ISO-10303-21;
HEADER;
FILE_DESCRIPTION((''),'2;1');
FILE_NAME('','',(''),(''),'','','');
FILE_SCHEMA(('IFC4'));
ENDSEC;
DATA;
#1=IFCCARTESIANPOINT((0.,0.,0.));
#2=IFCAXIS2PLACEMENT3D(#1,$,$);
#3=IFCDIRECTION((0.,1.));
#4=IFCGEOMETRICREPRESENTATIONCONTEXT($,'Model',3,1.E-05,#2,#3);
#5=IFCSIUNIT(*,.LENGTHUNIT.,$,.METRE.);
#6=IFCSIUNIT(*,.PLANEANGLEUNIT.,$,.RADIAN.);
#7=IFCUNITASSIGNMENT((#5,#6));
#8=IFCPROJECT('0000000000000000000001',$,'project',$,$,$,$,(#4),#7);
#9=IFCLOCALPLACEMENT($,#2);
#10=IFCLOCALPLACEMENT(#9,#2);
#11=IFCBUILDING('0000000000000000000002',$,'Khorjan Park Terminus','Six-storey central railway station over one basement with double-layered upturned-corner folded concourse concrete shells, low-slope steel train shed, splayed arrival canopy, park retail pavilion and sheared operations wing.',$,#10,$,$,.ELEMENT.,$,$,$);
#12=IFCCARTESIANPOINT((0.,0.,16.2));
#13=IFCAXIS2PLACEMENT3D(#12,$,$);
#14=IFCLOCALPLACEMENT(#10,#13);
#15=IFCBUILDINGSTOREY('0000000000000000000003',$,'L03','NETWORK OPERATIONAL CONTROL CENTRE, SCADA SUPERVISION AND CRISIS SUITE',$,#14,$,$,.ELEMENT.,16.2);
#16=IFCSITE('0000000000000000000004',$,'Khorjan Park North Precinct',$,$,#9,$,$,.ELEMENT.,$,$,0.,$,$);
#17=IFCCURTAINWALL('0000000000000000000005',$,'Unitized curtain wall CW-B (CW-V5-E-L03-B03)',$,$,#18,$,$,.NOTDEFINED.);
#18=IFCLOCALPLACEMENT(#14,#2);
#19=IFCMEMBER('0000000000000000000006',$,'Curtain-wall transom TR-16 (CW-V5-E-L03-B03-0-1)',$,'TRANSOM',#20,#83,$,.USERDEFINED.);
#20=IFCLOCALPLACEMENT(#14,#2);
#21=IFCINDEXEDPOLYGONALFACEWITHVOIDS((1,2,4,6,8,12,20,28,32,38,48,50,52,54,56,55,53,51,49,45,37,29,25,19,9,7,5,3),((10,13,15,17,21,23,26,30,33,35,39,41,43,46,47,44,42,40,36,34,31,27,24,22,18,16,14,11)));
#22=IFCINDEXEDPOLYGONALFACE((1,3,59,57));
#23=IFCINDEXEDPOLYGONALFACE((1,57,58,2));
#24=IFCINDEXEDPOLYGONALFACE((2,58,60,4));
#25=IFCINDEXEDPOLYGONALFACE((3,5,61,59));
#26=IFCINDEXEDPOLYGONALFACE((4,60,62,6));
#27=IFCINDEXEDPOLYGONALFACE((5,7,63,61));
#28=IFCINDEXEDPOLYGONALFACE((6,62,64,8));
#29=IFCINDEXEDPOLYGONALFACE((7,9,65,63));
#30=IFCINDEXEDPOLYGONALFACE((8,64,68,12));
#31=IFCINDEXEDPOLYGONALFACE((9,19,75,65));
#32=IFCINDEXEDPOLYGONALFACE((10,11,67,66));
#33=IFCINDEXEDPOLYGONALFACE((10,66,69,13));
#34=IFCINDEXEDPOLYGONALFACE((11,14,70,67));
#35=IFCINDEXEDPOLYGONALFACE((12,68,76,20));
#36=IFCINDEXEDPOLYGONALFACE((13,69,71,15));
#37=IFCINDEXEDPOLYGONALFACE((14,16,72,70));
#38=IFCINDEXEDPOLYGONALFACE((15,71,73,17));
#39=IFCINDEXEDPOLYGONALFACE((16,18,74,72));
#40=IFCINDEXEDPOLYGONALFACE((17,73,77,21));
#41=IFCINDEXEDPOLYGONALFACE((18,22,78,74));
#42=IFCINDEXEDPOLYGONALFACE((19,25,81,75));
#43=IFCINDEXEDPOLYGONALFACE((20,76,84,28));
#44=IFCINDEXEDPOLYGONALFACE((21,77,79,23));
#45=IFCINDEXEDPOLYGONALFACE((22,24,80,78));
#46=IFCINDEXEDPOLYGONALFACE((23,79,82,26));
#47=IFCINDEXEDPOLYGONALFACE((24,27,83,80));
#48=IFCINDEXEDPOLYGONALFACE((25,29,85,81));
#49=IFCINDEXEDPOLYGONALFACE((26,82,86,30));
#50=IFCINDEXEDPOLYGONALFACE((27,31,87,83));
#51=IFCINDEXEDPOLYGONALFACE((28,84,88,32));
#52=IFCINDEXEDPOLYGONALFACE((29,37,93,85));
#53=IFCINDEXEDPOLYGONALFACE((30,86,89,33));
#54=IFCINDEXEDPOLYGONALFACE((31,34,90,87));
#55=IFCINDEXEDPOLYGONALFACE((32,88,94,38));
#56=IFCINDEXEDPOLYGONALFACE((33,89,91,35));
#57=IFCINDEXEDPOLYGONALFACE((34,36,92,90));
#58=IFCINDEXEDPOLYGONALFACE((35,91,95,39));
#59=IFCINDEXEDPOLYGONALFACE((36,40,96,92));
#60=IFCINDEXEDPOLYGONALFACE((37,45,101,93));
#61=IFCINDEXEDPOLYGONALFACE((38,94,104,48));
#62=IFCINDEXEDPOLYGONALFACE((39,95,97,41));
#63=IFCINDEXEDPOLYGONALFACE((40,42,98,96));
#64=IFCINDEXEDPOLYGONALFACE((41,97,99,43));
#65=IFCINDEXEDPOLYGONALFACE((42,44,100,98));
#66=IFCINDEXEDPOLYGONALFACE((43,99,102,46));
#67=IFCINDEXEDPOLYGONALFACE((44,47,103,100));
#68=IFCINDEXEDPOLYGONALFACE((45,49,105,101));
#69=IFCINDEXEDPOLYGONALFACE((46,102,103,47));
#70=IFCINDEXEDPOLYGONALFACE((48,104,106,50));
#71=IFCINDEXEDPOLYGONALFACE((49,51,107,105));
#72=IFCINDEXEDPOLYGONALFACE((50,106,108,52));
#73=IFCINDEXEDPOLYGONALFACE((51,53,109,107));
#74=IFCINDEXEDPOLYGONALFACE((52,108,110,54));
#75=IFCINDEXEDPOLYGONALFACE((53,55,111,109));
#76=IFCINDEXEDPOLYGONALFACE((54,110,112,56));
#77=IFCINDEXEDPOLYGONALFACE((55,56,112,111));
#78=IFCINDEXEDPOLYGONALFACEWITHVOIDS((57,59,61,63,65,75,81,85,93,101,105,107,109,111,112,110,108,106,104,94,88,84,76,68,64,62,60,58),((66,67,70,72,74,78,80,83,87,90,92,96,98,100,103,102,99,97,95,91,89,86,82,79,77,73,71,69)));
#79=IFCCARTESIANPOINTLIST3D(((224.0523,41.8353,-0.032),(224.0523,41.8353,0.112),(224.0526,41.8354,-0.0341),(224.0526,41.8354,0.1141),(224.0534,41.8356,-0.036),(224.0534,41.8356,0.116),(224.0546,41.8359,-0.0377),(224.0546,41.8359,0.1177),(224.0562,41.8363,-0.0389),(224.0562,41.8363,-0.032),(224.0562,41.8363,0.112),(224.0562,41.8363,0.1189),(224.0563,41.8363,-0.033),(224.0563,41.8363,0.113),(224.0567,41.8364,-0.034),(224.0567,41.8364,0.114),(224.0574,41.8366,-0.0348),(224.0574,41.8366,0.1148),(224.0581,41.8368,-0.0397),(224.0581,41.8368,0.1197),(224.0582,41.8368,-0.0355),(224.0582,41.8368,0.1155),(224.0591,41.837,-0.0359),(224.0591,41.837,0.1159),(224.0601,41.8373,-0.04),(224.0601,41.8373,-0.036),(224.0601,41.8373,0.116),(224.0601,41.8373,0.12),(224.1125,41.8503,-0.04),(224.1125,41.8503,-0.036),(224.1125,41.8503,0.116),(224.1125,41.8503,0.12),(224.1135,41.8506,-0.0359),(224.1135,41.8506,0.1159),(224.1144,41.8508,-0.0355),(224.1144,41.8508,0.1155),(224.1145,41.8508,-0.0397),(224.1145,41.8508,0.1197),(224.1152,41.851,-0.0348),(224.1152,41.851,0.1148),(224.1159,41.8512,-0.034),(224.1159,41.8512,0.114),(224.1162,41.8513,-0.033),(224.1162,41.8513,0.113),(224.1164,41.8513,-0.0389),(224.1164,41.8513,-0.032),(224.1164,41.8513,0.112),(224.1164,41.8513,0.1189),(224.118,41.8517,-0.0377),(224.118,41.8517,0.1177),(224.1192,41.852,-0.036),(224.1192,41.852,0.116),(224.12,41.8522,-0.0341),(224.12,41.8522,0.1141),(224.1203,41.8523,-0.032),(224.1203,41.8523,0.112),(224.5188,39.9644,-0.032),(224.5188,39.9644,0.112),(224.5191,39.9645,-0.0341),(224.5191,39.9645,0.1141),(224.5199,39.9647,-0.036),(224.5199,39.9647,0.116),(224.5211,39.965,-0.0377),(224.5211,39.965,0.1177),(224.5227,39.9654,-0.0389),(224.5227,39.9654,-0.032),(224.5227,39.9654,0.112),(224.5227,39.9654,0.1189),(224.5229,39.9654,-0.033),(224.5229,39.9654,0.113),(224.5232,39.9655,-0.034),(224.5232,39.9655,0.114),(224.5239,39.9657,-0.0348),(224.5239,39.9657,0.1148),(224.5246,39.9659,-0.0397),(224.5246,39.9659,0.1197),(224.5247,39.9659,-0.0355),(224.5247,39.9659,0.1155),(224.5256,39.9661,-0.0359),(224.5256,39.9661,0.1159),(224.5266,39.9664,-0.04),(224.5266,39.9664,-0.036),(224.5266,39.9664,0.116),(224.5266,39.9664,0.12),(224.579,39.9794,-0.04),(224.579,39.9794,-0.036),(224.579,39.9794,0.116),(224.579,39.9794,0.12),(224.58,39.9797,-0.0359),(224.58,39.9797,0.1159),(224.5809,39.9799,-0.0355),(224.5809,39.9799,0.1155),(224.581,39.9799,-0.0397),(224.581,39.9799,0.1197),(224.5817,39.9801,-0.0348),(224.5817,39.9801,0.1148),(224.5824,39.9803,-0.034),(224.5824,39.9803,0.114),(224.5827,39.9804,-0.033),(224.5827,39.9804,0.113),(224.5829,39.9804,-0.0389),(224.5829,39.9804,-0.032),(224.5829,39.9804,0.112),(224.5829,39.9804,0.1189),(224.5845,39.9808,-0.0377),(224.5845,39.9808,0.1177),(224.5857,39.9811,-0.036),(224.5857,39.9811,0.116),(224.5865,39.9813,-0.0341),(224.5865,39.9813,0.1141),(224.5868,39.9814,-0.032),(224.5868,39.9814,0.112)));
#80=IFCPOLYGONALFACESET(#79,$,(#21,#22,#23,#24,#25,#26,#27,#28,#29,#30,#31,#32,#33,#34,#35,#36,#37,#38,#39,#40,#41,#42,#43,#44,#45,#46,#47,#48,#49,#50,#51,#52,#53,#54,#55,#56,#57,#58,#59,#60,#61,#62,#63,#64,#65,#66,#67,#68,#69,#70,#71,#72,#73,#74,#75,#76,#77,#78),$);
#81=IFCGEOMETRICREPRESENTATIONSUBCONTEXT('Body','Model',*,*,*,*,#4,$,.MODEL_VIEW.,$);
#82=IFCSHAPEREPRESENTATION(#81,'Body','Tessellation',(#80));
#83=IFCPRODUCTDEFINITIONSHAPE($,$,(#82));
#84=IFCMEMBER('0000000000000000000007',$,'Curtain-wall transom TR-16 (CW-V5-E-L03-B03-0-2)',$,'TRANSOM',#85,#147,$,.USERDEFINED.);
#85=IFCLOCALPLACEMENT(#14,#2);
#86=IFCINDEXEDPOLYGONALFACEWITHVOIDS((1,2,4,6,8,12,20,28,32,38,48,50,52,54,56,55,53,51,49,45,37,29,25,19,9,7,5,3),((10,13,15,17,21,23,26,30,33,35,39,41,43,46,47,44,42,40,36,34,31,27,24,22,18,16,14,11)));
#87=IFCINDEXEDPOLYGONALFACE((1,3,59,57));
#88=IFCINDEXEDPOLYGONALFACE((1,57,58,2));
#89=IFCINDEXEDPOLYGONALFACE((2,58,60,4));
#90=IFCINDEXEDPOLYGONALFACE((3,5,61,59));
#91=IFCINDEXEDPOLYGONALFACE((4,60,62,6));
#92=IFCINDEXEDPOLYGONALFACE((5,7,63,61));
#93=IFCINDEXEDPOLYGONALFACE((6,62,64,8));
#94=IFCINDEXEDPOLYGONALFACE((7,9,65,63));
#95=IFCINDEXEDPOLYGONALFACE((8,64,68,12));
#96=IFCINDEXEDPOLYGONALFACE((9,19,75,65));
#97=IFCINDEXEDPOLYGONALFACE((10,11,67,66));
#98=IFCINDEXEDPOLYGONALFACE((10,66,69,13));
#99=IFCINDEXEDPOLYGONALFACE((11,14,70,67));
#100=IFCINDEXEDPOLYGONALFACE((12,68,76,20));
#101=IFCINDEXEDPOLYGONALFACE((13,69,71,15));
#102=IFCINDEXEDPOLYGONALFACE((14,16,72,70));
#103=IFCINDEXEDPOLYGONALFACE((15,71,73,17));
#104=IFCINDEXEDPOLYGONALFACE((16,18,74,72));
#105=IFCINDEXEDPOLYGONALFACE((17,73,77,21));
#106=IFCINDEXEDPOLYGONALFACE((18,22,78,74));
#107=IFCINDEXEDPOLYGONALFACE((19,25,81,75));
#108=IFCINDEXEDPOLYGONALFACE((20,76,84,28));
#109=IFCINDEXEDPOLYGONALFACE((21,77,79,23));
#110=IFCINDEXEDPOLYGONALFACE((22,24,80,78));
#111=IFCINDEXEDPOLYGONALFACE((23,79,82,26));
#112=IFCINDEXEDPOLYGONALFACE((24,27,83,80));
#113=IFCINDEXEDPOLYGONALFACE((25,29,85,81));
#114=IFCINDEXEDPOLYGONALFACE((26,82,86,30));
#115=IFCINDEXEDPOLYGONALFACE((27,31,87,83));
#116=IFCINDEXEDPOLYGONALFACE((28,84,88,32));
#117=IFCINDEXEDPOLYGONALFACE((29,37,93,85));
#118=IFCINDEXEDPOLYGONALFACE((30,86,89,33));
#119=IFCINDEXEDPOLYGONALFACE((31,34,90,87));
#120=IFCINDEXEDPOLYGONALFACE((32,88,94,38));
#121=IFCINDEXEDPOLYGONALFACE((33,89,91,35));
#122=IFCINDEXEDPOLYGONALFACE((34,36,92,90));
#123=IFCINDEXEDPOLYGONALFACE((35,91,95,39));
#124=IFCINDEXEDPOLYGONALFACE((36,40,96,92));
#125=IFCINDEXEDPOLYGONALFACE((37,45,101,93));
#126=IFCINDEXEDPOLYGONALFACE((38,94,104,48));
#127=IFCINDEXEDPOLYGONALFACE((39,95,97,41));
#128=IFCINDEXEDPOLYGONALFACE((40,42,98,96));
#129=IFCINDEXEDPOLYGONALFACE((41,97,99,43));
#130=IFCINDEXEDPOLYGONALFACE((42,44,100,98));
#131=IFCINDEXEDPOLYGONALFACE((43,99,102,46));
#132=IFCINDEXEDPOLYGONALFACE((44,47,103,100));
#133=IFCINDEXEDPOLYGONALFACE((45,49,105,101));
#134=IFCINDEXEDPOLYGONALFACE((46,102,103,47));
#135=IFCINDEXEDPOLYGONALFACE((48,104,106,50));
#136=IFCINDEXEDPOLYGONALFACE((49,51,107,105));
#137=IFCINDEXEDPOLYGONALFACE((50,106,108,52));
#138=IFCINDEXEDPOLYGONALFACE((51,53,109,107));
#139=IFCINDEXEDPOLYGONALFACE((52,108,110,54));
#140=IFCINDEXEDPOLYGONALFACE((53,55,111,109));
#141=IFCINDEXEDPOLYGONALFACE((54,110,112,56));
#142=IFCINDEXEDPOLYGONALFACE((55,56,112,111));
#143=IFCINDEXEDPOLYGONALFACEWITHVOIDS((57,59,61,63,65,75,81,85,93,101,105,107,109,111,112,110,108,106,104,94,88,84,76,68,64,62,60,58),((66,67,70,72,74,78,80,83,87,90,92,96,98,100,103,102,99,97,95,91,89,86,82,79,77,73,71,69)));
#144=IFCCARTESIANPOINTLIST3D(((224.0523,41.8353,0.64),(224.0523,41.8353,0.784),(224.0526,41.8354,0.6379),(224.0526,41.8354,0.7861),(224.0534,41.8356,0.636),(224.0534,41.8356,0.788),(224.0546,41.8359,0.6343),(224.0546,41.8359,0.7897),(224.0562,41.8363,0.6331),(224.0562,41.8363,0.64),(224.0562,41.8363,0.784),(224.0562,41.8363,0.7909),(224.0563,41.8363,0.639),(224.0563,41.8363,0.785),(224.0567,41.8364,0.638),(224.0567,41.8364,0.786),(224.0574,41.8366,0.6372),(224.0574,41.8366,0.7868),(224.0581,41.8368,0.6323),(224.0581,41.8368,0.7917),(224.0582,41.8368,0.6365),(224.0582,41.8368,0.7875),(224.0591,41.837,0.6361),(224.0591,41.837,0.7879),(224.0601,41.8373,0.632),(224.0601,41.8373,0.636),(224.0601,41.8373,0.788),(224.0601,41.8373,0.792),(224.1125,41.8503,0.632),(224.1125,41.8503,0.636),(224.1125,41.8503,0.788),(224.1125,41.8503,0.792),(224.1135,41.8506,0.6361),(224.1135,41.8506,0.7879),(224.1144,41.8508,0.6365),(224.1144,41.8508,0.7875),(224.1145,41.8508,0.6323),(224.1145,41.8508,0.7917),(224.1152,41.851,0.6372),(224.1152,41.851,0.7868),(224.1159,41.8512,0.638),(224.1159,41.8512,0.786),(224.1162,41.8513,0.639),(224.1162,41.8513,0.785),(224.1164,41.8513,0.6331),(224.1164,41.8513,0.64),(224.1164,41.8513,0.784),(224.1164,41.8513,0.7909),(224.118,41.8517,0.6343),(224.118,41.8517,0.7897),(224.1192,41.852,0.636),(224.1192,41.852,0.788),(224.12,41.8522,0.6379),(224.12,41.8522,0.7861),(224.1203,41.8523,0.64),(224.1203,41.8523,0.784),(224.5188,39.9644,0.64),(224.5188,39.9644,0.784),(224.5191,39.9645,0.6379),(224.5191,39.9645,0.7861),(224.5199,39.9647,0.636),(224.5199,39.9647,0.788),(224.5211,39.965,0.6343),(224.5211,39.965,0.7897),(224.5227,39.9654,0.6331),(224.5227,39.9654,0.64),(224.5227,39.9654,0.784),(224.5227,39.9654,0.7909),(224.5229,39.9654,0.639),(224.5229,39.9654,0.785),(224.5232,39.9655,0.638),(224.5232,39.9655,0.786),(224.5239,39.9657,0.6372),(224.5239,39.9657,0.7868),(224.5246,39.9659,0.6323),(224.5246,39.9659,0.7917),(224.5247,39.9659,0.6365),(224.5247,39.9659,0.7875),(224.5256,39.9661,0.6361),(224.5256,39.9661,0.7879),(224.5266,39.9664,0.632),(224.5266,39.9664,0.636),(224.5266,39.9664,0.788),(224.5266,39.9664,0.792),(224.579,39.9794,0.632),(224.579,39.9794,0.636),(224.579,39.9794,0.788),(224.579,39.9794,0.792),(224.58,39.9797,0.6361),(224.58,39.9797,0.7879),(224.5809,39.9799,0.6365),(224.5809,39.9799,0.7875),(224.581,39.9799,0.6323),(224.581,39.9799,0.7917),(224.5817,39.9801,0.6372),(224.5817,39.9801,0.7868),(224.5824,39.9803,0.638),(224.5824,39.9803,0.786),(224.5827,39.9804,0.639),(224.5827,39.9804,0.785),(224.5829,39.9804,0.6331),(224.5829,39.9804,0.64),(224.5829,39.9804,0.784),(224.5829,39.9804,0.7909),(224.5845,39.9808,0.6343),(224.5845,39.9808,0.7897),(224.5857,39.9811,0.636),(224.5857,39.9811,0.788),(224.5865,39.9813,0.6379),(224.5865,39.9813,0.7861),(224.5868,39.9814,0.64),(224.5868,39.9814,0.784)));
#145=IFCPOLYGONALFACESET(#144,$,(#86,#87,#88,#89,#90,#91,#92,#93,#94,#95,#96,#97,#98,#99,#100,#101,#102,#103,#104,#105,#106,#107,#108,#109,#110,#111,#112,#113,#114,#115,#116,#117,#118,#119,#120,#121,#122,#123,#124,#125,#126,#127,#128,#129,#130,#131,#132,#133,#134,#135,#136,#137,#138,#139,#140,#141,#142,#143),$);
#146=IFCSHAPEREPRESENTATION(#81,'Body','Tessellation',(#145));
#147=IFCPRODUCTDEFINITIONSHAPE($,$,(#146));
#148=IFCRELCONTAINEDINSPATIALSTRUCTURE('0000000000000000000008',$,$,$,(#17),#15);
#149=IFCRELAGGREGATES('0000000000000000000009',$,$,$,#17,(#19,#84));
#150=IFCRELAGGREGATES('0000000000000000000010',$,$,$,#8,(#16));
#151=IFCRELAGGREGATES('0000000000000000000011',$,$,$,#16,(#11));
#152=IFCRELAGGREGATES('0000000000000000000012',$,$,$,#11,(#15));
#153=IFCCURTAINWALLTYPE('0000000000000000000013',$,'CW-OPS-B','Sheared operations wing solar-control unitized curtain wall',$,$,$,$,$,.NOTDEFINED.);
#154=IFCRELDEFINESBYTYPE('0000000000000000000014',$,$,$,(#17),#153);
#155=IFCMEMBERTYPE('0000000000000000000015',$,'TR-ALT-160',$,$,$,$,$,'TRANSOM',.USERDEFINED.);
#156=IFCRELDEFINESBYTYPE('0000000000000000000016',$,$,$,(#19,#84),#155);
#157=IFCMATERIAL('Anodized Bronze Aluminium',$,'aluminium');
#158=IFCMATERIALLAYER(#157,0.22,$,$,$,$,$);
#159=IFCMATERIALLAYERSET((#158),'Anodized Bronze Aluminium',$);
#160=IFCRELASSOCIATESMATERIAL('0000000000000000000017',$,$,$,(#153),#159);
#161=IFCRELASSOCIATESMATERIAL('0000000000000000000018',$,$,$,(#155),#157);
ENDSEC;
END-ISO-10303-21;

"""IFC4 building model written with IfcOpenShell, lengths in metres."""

from ifc_helpers import new_model, si_unit, direction, frame, origin, origin_2d, place, context, subcontext, project, spatial, hollow_rectangle, extrude, material, layer, layer_set, material_profile, profile_set, type_object, element, aggregate, save


model = new_model("IFC4")

# Units and contexts
model_context = context("Model", 3, precision=1e-05, world=origin(), true_north=direction((0.0, 1.0)))
body_context = subcontext(model_context, "Body", "Model", "MODEL_VIEW")
ifc_project = project(units=[si_unit("LENGTHUNIT", "METRE"), si_unit("PLANEANGLEUNIT", "RADIAN")], contexts=[model_context])

# Site, building, storey
site_placement = place(None, origin())
site = spatial("IfcSite", under=ifc_project, at=site_placement, Name="Khorjan Park North Precinct", CompositionType="ELEMENT", RefElevation=0.0)
building_placement = place(site_placement, origin())
building = spatial("IfcBuilding", under=site, at=building_placement, Name="Khorjan Park Terminus", Description="Six-storey central railway station over one basement with double-layered upturned-corner folded concourse concrete shells, low-slope steel train shed, splayed arrival canopy, park retail pavilion and sheared operations wing.", CompositionType="ELEMENT")
storey_placement = place(building_placement, frame((0.0, 0.0, 16.2)))
storey = spatial("IfcBuildingStorey", under=building, at=storey_placement, Name="L03", Description="NETWORK OPERATIONAL CONTROL CENTRE, SCADA SUPERVISION AND CRISIS SUITE", CompositionType="ELEMENT", Elevation=16.2)

# Curtain wall, members
ifc_material_1 = material(Name="Anodized Bronze Aluminium", Category="aluminium")
ifc_layer_1 = layer(ifc_material_1, 0.22)
ifc_layer_set_1 = layer_set([ifc_layer_1], Name="Anodized Bronze Aluminium")
curtain_wall_type = type_object("IfcCurtainWallType", Name="CW-OPS-B", Description="Sheared operations wing solar-control unitized curtain wall", PredefinedType="NOTDEFINED", material=ifc_layer_set_1)
curtain_wall_placement = place(storey_placement, origin())
curtain_wall = element("IfcCurtainWall", 1, at=curtain_wall_placement, inside=storey, type_object=curtain_wall_type, Name="Unitized curtain wall CW-B (CW-V5-E-L03-B03)", PredefinedType="NOTDEFINED")
ifc_material_profile_1 = material_profile(ifc_material_1, hollow_rectangle(XDim=0.07, YDim=0.16, WallThickness=0.004, InnerFilletRadius=0.004, OuterFilletRadius=0.008, at=origin_2d()), Name="ALT 70x160x4")
ifc_profile_set_1 = profile_set([ifc_material_profile_1], Name="Anodized Bronze Aluminium")
member_type_1 = type_object("IfcMemberType", Name="TR-ALT-160", ElementType="TRANSOM", PredefinedType="USERDEFINED", material=ifc_profile_set_1)
member_1_placement = place(storey_placement, frame((224.5528, 39.9729, 0.04), z_axis=(-0.241938, 0.970292, 0.0), x_axis=(-0.970292, -0.241938, 0.0)))
member_1 = element("IfcMember", 2, at=member_1_placement, type_object=member_type_1, Name="Curtain-wall transom TR-16 (CW-V5-E-L03-B03-0-1)", ObjectType="TRANSOM", PredefinedType="USERDEFINED", context=body_context, shape_type="SweptSolid", body=[
    extrude(hollow_rectangle(XDim=0.07, YDim=0.16, WallThickness=0.004, InnerFilletRadius=0.004, OuterFilletRadius=0.008, at=origin_2d()), origin(), (0.0, 0.0, 1.0), 1.9282),
])
member_2_placement = place(storey_placement, frame((224.5528, 39.9729, 0.712), z_axis=(-0.241938, 0.970292, 0.0), x_axis=(-0.970292, -0.241938, 0.0)))
member_2 = element("IfcMember", 3, at=member_2_placement, type_object=member_type_1, Name="Curtain-wall transom TR-16 (CW-V5-E-L03-B03-0-2)", ObjectType="TRANSOM", PredefinedType="USERDEFINED", context=body_context, shape_type="SweptSolid", body=[
    extrude(hollow_rectangle(XDim=0.07, YDim=0.16, WallThickness=0.004, InnerFilletRadius=0.004, OuterFilletRadius=0.008, at=origin_2d()), origin(), (0.0, 0.0, 1.0), 1.9282),
])
aggregate(curtain_wall, [member_1, member_2])

save(model, "model.ifc")
